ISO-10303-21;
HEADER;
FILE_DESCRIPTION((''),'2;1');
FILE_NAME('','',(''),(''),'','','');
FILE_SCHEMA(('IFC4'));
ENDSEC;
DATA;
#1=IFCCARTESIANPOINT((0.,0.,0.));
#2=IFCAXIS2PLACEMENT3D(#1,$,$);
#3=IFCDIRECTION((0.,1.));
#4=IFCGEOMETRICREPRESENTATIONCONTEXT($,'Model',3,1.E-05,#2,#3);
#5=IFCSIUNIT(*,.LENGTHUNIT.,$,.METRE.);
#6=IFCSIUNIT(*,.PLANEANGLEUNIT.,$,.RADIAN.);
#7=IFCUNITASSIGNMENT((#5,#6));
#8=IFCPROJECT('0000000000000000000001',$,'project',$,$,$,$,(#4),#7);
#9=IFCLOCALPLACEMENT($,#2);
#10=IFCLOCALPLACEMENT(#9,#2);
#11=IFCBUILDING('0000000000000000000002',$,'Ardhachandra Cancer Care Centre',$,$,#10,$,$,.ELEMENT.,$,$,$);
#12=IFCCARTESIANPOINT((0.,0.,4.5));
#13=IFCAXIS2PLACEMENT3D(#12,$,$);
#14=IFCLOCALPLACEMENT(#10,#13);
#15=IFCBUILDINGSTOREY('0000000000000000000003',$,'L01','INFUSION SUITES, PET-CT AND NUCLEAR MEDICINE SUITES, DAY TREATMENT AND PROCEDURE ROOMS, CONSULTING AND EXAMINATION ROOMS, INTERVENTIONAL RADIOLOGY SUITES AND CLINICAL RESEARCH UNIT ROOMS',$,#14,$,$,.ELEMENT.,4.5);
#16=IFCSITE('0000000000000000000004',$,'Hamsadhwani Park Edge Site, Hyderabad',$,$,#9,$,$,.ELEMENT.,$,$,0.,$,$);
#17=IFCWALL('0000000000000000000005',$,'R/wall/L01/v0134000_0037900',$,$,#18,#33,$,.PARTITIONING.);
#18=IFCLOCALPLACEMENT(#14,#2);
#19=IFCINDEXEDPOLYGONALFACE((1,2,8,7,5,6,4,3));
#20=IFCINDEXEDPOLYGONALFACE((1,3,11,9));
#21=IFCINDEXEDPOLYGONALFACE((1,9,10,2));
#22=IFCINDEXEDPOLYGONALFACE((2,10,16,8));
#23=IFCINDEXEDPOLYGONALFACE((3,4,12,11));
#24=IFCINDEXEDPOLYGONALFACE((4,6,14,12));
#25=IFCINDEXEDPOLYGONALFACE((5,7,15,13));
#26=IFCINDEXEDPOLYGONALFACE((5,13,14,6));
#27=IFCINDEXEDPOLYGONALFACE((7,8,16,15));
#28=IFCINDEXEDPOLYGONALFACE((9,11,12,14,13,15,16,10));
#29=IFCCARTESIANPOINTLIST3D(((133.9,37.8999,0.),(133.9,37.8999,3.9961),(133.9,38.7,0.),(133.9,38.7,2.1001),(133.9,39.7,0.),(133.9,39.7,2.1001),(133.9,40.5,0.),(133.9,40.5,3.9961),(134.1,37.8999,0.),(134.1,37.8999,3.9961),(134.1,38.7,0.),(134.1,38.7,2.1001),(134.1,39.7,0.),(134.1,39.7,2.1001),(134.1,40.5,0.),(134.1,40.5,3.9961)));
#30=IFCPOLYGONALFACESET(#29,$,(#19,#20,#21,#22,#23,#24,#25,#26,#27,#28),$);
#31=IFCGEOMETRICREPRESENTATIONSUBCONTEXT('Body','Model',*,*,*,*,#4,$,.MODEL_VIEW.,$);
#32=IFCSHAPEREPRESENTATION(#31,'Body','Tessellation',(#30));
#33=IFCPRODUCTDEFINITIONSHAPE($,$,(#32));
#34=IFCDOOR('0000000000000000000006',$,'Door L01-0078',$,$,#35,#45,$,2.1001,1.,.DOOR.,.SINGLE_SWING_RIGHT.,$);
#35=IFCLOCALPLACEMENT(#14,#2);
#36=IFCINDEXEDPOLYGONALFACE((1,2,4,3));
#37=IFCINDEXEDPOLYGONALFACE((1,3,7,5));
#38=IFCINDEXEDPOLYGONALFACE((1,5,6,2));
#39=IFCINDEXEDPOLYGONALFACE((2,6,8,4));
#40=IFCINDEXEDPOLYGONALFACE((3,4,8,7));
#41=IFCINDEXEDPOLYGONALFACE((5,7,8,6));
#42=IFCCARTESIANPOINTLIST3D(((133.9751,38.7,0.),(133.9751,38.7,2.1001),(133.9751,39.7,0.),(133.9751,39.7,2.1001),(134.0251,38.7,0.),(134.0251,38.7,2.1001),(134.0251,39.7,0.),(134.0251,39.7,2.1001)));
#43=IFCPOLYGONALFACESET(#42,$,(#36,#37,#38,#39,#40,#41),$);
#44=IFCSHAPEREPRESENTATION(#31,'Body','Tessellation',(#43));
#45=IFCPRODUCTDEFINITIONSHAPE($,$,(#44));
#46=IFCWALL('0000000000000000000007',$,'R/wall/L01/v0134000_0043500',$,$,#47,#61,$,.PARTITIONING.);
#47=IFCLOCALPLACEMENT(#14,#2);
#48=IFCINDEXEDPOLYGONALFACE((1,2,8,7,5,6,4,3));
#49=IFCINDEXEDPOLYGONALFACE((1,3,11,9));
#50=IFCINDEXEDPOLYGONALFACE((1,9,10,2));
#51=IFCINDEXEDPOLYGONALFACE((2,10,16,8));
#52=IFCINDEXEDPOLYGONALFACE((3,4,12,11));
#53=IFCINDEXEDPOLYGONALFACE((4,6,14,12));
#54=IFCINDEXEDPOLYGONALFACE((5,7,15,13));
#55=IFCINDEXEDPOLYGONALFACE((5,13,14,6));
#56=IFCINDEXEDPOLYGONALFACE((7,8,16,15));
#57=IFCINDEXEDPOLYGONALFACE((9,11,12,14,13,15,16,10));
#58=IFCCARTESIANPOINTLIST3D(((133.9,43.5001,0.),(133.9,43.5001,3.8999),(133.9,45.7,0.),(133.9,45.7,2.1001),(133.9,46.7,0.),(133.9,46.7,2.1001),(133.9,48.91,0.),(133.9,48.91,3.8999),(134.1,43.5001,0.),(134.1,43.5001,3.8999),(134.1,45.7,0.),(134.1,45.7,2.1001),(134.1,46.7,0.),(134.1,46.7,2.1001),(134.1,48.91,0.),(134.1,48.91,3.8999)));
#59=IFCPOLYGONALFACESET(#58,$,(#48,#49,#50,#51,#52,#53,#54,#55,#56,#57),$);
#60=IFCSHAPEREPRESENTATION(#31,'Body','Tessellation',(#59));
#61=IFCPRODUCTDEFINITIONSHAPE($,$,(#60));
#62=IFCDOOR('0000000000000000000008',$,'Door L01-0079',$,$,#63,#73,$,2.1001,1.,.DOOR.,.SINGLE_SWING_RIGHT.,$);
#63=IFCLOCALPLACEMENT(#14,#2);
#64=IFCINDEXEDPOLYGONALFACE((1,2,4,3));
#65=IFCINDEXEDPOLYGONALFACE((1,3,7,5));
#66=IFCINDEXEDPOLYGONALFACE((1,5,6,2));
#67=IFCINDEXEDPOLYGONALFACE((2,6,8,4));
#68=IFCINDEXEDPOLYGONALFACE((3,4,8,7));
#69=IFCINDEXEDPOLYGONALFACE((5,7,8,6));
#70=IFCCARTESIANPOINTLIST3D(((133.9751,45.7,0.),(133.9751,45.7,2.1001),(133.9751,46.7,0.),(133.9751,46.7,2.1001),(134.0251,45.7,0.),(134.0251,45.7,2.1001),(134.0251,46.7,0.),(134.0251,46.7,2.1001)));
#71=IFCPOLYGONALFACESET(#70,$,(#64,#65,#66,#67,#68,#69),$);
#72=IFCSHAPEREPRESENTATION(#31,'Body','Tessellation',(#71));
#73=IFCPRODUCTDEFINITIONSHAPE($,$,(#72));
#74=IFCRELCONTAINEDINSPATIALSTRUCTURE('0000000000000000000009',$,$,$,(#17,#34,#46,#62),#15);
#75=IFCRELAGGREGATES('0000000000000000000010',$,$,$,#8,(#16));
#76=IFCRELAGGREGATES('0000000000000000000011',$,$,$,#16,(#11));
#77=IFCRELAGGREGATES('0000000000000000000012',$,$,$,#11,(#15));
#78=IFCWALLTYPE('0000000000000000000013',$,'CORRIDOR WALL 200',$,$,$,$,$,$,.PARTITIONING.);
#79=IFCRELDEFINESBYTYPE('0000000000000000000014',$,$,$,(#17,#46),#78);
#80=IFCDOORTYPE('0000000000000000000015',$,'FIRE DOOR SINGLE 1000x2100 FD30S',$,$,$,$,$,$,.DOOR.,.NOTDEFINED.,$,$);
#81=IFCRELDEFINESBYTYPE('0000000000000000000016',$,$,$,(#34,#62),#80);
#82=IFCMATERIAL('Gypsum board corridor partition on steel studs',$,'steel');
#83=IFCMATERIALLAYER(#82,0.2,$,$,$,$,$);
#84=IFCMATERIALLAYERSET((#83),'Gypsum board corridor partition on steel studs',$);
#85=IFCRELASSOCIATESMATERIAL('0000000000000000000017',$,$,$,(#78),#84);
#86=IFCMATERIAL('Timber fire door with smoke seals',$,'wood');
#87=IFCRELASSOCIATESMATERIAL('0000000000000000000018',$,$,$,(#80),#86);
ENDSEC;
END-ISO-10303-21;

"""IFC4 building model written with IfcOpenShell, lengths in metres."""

from ifc_helpers import new_model, si_unit, direction, frame, frame_2d, origin, place, context, subcontext, project, spatial, rectangle, extrude, material, layer, layer_set, type_object, element, fill, save


model = new_model("IFC4")

# Units and contexts
model_context = context("Model", 3, precision=1e-05, world=origin(), true_north=direction((0.0, 1.0)))
body_context = subcontext(model_context, "Body", "Model", "MODEL_VIEW")
ifc_project = project(units=[si_unit("LENGTHUNIT", "METRE"), si_unit("PLANEANGLEUNIT", "RADIAN")], contexts=[model_context])

# Site, building, storey
site_placement = place(None, origin())
site = spatial("IfcSite", under=ifc_project, at=site_placement, Name="Hamsadhwani Park Edge Site, Hyderabad", CompositionType="ELEMENT", RefElevation=0.0)
building_placement = place(site_placement, origin())
building = spatial("IfcBuilding", under=site, at=building_placement, Name="Ardhachandra Cancer Care Centre", CompositionType="ELEMENT")
storey_placement = place(building_placement, frame((0.0, 0.0, 4.5)))
storey = spatial("IfcBuildingStorey", under=building, at=storey_placement, Name="L01", Description="INFUSION SUITES, PET-CT AND NUCLEAR MEDICINE SUITES, DAY TREATMENT AND PROCEDURE ROOMS, CONSULTING AND EXAMINATION ROOMS, INTERVENTIONAL RADIOLOGY SUITES AND CLINICAL RESEARCH UNIT ROOMS", CompositionType="ELEMENT", Elevation=4.5)

# Shared definitions
ifc_material_1 = material(Name="Gypsum board corridor partition on steel studs", Category="steel")
ifc_layer_1 = layer(ifc_material_1, 0.2)
ifc_layer_set_1 = layer_set([ifc_layer_1], Name="Gypsum board corridor partition on steel studs")
wall_type = type_object("IfcWallType", Name="CORRIDOR WALL 200", PredefinedType="PARTITIONING", material=ifc_layer_set_1)

# Walls, openings, doors
wall_1_placement = place(storey_placement, frame((134.0, 37.8999, 0.0), z_axis=(0.0, 0.0, 1.0), x_axis=(0.0, 1.0, 0.0)))
wall_1 = element("IfcWall", 1, at=wall_1_placement, inside=storey, type_object=wall_type, Name="R/wall/L01/v0134000_0037900", PredefinedType="PARTITIONING", context=body_context, shape_type="SweptSolid", body=[
    extrude(rectangle(XDim=2.6001, YDim=0.2, at=frame_2d((1.3, 0.0))), origin(), (0.0, 0.0, 1.0), 3.9961),
])
opening_1_placement = place(wall_1_placement, frame((0.8, 0.0, 0.0)))
opening_1 = element("IfcOpeningElement", 2, at=opening_1_placement, cuts=wall_1, PredefinedType="OPENING", context=body_context, shape_type="SweptSolid", body=[
    extrude(rectangle(XDim=1.0, YDim=2.1001, at=frame_2d((0.5, 1.05))), frame((0.0, 0.1099, 0.0), z_axis=(0.0, -1.0, 0.0), x_axis=(1.0, 0.0, 0.0)), (0.0, 0.0, 1.0), 0.22),
])
ifc_material_2 = material(Name="Timber fire door with smoke seals", Category="wood")
door_type = type_object("IfcDoorType", Name="FIRE DOOR SINGLE 1000x2100 FD30S", OperationType="NOTDEFINED", PredefinedType="DOOR", material=ifc_material_2)
door_1_placement = place(opening_1_placement, origin())
door_1 = element("IfcDoor", 3, at=door_1_placement, inside=storey, type_object=door_type, Name="Door L01-0078", OperationType="SINGLE_SWING_RIGHT", OverallHeight=2.1001, OverallWidth=1.0, PredefinedType="DOOR", context=body_context, shape_type="SweptSolid", body=[
    extrude(rectangle(XDim=1.0, YDim=2.1001, at=frame_2d((0.5, 1.05))), frame((0.0, 0.0249, 0.0), z_axis=(0.0, -1.0, 0.0), x_axis=(1.0, 0.0, 0.0)), (0.0, 0.0, 1.0), 0.05),
])
fill(opening_1, door_1)
wall_2_placement = place(storey_placement, frame((134.0, 43.5, 0.0), z_axis=(0.0, 0.0, 1.0), x_axis=(0.0, 1.0, 0.0)))
wall_2 = element("IfcWall", 4, at=wall_2_placement, inside=storey, type_object=wall_type, Name="R/wall/L01/v0134000_0043500", PredefinedType="PARTITIONING", context=body_context, shape_type="SweptSolid", body=[
    extrude(rectangle(XDim=5.4099, YDim=0.2, at=frame_2d((2.7051, 0.0))), origin(), (0.0, 0.0, 1.0), 3.8999),
])
opening_2_placement = place(wall_2_placement, frame((2.2, 0.0, 0.0)))
opening_2 = element("IfcOpeningElement", 5, at=opening_2_placement, cuts=wall_2, PredefinedType="OPENING", context=body_context, shape_type="SweptSolid", body=[
    extrude(rectangle(XDim=1.0, YDim=2.1001, at=frame_2d((0.5, 1.05))), frame((0.0, 0.1099, 0.0), z_axis=(0.0, -1.0, 0.0), x_axis=(1.0, 0.0, 0.0)), (0.0, 0.0, 1.0), 0.22),
])
door_2_placement = place(opening_2_placement, origin())
door_2 = element("IfcDoor", 6, at=door_2_placement, inside=storey, type_object=door_type, Name="Door L01-0079", OperationType="SINGLE_SWING_RIGHT", OverallHeight=2.1001, OverallWidth=1.0, PredefinedType="DOOR", context=body_context, shape_type="SweptSolid", body=[
    extrude(rectangle(XDim=1.0, YDim=2.1001, at=frame_2d((0.5, 1.05))), frame((0.0, 0.0249, 0.0), z_axis=(0.0, -1.0, 0.0), x_axis=(1.0, 0.0, 0.0)), (0.0, 0.0, 1.0), 0.05),
])
fill(opening_2, door_2)

save(model, "model.ifc")
